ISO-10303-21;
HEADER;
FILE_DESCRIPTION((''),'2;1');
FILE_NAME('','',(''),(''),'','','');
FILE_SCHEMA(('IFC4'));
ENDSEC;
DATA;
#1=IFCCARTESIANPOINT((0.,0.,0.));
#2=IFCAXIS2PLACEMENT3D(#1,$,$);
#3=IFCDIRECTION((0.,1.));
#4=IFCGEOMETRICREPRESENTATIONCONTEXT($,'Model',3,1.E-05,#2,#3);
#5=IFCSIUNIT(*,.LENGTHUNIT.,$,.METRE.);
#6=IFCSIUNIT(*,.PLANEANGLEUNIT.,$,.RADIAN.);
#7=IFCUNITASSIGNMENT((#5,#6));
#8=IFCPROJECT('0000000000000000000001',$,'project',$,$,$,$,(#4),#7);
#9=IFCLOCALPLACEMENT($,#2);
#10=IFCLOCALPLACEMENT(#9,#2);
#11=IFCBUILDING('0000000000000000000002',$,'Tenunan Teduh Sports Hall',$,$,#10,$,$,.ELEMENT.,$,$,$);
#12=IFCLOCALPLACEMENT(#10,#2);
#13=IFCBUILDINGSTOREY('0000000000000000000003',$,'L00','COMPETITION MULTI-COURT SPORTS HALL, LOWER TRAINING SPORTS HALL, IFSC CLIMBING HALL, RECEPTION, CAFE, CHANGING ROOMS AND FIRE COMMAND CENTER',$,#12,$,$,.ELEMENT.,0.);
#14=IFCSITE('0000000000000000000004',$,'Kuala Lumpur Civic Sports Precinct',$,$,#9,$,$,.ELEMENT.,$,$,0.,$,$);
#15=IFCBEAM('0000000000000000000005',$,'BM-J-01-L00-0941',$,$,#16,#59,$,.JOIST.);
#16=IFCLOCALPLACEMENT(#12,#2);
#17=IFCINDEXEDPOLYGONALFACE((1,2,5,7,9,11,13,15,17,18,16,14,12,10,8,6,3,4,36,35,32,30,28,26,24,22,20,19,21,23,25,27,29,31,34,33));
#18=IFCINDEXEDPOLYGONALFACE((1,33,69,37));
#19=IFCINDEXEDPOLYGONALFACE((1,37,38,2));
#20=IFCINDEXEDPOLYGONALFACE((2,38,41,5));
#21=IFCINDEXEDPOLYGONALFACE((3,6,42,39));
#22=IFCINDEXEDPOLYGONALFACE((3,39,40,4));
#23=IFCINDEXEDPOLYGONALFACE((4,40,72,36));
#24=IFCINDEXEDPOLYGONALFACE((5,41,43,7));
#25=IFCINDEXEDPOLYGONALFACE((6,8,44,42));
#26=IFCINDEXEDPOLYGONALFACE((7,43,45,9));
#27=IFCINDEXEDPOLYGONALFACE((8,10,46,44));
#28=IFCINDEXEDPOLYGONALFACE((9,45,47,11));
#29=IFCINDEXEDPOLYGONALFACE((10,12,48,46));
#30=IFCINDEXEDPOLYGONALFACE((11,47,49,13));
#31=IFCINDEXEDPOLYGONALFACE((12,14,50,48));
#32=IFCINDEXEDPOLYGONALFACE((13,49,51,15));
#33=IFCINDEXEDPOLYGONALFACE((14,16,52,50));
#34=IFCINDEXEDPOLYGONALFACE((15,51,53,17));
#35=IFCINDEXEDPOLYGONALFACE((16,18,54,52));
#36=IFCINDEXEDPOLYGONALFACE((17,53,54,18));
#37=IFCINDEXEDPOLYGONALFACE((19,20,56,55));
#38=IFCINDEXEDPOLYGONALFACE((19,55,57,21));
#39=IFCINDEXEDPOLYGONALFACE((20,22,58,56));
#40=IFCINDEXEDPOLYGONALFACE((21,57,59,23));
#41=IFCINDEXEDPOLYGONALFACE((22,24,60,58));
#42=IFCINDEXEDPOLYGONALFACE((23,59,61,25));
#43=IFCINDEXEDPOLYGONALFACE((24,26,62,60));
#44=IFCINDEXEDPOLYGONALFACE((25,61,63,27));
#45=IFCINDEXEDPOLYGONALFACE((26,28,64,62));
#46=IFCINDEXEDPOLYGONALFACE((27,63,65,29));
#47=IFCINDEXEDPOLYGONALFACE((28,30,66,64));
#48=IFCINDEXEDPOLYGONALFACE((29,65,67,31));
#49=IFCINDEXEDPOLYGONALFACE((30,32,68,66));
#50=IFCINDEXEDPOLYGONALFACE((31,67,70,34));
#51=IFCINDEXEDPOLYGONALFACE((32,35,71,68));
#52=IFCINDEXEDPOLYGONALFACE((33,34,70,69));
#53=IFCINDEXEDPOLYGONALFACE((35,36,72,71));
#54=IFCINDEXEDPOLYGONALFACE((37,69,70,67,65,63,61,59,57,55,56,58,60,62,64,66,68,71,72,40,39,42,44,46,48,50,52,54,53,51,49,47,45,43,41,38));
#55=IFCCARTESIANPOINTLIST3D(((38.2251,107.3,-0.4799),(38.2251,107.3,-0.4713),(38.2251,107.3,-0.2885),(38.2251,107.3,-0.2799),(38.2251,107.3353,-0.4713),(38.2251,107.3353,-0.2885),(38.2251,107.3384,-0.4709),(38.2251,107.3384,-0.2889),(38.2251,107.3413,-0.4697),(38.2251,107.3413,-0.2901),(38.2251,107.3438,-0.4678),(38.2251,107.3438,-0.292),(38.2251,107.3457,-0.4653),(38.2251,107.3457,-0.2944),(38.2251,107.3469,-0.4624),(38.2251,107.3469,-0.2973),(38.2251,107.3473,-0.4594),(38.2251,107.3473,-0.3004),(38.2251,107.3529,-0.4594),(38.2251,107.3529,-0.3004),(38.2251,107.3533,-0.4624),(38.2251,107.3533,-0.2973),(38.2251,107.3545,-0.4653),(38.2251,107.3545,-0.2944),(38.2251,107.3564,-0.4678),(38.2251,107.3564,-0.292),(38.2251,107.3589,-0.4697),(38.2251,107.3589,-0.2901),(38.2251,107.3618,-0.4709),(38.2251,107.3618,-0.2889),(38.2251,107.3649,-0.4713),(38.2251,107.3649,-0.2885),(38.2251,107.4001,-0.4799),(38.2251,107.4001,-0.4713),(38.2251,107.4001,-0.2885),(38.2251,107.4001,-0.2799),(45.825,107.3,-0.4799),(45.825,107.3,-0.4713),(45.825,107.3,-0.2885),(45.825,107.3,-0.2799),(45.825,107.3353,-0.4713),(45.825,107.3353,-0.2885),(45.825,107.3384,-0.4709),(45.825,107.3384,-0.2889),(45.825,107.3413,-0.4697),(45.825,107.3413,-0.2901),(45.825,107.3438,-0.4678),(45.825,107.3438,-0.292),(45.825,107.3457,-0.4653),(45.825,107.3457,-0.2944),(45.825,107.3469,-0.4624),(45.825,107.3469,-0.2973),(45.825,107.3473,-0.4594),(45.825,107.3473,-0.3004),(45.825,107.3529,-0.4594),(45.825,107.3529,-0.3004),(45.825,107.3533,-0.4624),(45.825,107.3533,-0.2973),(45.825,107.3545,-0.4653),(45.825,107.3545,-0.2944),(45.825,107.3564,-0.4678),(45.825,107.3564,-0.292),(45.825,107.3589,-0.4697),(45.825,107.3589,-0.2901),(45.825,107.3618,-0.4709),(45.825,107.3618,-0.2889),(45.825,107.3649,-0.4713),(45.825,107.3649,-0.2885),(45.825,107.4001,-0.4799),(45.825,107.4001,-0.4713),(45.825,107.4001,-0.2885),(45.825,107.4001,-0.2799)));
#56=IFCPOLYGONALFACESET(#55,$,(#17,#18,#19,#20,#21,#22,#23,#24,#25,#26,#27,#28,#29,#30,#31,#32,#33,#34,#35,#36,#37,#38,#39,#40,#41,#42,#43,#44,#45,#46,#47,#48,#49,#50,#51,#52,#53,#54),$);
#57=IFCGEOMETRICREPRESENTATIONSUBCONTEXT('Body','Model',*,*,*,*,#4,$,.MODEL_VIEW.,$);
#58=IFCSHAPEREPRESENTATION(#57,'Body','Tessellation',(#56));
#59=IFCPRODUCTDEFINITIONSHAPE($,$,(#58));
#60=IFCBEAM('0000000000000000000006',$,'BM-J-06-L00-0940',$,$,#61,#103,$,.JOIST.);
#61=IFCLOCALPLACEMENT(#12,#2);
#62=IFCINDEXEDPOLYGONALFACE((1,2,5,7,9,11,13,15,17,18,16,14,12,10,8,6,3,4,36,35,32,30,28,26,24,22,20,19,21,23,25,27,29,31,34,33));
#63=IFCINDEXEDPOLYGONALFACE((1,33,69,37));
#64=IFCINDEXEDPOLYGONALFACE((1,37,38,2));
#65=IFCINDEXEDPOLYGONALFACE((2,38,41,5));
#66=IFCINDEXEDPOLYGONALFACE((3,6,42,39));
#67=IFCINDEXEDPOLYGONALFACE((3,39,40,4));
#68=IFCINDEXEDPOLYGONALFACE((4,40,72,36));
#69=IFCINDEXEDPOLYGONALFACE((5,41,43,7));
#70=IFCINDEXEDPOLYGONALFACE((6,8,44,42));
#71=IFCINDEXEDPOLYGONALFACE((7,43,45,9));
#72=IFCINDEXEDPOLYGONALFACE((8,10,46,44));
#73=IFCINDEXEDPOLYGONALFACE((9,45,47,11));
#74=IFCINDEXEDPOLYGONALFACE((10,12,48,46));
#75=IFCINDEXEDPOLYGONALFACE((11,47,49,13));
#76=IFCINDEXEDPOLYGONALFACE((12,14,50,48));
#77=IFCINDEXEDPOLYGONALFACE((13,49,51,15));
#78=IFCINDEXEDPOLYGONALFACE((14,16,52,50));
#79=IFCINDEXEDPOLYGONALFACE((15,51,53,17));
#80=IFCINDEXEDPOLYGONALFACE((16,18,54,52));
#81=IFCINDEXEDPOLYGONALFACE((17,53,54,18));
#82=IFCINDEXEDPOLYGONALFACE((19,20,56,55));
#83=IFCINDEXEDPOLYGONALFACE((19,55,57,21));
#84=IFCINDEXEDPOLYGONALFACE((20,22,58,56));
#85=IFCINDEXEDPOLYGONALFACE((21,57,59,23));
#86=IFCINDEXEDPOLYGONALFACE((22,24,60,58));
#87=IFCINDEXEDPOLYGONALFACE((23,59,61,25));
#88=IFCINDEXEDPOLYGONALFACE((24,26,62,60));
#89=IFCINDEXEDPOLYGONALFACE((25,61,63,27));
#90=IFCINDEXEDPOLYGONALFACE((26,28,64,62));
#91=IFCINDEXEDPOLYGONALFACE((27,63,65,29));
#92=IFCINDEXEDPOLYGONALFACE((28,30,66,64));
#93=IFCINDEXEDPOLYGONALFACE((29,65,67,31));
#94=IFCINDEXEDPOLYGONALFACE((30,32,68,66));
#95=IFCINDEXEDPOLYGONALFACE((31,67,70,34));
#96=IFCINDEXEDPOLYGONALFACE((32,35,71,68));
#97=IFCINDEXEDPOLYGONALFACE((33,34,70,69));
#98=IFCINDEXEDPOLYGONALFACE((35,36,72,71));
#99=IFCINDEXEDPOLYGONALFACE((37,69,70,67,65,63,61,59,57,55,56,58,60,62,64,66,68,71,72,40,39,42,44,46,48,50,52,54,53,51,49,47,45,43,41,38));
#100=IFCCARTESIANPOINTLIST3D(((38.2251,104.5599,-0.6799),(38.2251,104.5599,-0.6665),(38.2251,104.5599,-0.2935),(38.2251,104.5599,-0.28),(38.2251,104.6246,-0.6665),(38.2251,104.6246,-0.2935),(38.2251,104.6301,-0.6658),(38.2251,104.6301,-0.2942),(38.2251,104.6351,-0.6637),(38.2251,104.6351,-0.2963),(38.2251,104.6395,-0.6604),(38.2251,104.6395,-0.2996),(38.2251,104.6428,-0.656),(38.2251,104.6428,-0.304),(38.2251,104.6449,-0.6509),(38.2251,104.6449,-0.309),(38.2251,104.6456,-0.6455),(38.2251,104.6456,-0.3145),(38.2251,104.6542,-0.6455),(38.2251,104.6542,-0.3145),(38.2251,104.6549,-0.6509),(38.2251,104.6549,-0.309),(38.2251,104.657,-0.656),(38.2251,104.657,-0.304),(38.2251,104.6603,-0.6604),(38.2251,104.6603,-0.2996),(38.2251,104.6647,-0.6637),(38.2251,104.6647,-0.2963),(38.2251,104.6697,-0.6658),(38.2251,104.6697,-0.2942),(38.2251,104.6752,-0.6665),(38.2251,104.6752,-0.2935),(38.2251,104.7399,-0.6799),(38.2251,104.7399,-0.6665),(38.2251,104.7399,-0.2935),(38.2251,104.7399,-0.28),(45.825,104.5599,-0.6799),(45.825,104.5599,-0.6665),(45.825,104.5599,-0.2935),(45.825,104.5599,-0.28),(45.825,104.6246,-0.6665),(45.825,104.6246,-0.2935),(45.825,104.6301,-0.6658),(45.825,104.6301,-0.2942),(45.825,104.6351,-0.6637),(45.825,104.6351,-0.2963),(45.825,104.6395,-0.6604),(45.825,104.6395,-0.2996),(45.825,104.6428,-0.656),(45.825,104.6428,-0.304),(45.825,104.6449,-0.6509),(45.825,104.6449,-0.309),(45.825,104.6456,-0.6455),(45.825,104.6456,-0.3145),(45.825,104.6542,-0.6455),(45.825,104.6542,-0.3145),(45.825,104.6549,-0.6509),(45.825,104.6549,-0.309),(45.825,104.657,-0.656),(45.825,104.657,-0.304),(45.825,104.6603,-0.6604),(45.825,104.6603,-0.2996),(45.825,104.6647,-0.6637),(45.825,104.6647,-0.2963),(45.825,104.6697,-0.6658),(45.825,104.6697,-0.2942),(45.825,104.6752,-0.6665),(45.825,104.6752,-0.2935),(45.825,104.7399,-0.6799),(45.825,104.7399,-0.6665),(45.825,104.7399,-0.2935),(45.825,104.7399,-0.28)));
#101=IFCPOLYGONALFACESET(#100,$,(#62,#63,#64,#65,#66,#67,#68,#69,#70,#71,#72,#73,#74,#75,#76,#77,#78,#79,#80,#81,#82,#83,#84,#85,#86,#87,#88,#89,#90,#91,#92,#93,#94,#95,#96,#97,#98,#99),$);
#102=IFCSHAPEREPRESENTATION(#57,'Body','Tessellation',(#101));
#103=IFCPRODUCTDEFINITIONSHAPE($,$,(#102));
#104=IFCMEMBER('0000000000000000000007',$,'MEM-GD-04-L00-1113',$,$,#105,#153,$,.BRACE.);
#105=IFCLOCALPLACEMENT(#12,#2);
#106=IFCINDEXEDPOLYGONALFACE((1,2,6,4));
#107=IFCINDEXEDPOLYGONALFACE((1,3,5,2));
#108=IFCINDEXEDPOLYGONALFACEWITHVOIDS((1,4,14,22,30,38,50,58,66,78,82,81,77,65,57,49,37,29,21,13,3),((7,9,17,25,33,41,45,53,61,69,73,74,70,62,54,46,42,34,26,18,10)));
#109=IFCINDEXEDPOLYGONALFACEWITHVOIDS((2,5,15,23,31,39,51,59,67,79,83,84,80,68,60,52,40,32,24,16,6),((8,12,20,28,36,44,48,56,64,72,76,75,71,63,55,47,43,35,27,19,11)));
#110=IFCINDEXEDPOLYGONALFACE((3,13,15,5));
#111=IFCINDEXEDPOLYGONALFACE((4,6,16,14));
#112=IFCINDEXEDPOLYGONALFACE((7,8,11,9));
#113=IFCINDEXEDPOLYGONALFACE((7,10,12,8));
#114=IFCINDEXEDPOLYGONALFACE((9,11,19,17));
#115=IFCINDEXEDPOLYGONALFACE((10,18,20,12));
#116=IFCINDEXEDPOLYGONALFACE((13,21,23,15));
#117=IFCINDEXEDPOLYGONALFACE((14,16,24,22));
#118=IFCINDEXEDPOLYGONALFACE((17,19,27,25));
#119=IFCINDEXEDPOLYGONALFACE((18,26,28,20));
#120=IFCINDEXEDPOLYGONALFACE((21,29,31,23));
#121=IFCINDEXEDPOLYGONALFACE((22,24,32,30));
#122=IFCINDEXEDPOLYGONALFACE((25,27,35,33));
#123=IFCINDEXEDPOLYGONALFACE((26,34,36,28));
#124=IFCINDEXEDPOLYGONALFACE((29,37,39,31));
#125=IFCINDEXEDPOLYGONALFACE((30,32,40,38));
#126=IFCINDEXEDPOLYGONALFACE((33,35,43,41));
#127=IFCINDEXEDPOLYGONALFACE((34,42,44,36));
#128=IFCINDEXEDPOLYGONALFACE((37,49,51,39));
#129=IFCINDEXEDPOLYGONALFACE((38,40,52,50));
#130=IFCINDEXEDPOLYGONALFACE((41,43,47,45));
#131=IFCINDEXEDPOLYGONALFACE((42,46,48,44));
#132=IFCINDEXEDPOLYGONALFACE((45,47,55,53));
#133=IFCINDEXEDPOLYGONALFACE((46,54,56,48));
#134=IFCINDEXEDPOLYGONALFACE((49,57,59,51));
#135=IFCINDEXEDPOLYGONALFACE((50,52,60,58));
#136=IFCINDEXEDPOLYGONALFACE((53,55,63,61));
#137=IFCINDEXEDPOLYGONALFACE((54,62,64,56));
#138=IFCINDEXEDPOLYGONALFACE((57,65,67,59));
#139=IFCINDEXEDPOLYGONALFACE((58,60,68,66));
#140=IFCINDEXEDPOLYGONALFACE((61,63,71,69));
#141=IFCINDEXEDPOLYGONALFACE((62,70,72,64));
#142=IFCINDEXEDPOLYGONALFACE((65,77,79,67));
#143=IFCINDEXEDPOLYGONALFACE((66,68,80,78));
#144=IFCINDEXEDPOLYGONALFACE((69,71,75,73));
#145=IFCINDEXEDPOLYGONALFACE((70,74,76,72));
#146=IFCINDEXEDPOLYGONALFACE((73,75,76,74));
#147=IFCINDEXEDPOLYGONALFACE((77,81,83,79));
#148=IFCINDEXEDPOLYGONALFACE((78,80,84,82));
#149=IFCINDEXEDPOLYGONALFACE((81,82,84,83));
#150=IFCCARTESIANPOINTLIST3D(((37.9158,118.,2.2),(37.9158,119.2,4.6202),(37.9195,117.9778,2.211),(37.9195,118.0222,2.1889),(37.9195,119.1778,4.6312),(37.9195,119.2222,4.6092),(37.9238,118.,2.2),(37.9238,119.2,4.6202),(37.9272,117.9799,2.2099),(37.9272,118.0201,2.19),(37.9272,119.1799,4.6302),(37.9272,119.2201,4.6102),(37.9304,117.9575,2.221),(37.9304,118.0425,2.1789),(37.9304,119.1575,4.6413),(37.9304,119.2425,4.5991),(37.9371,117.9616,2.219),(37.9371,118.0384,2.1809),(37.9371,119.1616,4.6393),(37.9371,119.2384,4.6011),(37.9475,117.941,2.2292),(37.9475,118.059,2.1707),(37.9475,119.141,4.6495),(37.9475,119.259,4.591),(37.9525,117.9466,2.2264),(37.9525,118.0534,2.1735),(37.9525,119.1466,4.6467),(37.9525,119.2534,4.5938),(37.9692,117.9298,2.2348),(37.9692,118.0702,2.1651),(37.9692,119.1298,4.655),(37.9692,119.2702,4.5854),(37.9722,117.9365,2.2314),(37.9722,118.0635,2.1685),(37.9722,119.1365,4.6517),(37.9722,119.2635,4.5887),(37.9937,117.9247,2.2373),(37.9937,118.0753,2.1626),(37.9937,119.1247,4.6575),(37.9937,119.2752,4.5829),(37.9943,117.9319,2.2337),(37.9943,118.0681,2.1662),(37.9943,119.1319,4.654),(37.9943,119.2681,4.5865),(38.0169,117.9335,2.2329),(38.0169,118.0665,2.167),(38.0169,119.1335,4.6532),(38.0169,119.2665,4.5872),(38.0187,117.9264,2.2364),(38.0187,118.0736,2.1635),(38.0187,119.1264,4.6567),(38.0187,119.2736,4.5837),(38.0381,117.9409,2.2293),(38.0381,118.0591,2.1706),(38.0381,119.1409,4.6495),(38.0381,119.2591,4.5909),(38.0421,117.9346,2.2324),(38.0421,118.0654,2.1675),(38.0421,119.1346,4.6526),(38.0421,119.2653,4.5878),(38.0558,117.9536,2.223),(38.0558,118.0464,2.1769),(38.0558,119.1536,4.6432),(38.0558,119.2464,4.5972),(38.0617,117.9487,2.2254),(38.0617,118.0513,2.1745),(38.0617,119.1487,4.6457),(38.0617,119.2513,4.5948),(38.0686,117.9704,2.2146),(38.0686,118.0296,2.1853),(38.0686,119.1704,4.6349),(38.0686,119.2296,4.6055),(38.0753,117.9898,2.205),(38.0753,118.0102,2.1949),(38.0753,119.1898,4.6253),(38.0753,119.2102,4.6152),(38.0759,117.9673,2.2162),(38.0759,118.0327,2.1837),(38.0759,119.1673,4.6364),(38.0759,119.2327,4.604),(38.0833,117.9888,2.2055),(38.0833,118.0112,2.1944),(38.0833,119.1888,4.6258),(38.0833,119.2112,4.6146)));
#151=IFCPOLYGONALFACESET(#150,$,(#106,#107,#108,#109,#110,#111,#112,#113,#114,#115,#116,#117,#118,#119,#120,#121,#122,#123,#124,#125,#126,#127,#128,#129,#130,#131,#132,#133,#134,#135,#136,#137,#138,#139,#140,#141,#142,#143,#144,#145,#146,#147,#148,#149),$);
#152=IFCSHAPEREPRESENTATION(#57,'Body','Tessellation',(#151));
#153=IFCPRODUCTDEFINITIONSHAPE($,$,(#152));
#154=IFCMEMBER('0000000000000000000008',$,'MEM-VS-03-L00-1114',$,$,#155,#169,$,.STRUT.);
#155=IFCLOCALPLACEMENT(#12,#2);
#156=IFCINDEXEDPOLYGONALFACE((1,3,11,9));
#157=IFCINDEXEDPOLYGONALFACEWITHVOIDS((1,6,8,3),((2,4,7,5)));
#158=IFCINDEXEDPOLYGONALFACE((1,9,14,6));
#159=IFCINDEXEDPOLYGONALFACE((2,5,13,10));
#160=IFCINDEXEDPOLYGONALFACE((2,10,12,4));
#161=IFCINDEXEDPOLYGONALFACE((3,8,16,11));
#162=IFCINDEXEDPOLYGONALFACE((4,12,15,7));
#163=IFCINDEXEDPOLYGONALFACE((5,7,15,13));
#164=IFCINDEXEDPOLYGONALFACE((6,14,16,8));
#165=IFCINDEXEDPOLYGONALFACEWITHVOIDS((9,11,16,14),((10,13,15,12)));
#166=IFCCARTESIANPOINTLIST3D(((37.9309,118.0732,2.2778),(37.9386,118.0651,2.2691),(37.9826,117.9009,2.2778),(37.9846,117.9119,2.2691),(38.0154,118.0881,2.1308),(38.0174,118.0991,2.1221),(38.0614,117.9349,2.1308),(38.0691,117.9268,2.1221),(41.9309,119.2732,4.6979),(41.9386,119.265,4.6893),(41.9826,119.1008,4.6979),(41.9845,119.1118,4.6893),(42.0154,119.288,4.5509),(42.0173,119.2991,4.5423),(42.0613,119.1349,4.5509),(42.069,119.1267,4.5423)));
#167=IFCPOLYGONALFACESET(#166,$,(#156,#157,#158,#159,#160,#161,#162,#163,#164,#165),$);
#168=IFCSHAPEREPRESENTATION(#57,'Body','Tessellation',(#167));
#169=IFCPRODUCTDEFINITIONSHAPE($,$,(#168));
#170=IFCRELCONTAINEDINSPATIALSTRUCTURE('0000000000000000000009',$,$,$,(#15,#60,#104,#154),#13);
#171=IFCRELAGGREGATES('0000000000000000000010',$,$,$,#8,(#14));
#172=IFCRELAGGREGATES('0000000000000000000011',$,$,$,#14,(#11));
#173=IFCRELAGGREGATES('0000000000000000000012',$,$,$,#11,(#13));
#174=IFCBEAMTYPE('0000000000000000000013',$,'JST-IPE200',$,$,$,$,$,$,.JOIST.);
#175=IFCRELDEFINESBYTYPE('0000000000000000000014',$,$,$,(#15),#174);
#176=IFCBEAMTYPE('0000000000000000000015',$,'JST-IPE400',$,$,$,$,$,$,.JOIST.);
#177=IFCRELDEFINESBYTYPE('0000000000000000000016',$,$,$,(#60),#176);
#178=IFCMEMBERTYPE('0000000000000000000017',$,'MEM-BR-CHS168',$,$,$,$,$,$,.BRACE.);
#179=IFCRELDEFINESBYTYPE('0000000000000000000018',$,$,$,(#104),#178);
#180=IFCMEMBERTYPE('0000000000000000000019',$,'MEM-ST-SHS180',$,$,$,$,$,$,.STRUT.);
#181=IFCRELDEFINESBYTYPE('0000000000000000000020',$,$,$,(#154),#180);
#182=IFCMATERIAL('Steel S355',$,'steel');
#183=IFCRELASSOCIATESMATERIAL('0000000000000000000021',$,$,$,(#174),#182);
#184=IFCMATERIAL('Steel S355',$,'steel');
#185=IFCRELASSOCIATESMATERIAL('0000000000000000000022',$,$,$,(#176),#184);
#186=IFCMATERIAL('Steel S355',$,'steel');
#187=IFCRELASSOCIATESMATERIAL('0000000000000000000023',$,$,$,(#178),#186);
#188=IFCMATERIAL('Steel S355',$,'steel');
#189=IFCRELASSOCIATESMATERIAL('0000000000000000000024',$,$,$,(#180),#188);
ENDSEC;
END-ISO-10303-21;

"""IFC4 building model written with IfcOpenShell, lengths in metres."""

from ifc_helpers import new_model, si_unit, direction, frame, origin, origin_2d, place, context, subcontext, project, spatial, hollow_rectangle, hollow_circle, i_section, extrude, material, material_profile, profile_set, type_object, element, save


model = new_model("IFC4")

# Units and contexts
model_context = context("Model", 3, precision=1e-05, world=origin(), true_north=direction((0.0, 1.0)))
body_context = subcontext(model_context, "Body", "Model", "MODEL_VIEW")
ifc_project = project(units=[si_unit("LENGTHUNIT", "METRE"), si_unit("PLANEANGLEUNIT", "RADIAN")], contexts=[model_context])

# Site, building, storey
site_placement = place(None, origin())
site = spatial("IfcSite", under=ifc_project, at=site_placement, Name="Kuala Lumpur Civic Sports Precinct", CompositionType="ELEMENT", RefElevation=0.0)
building_placement = place(site_placement, origin())
building = spatial("IfcBuilding", under=site, at=building_placement, Name="Tenunan Teduh Sports Hall", CompositionType="ELEMENT")
storey_placement = place(building_placement, origin())
storey = spatial("IfcBuildingStorey", under=building, at=storey_placement, Name="L00", Description="COMPETITION MULTI-COURT SPORTS HALL, LOWER TRAINING SPORTS HALL, IFSC CLIMBING HALL, RECEPTION, CAFE, CHANGING ROOMS AND FIRE COMMAND CENTER", CompositionType="ELEMENT", Elevation=0.0)

# Beams
ifc_material_1 = material(Name="Steel S355", Category="steel")
ifc_material_profile_1 = material_profile(ifc_material_1, i_section(OverallWidth=0.1001, OverallDepth=0.2, WebThickness=0.0056, FlangeThickness=0.0085, FilletRadius=0.012, at=origin_2d()), Name="IPE 200")
ifc_profile_set_1 = profile_set([ifc_material_profile_1], Name="Steel S355")
beam_type_1 = type_object("IfcBeamType", Name="JST-IPE200", PredefinedType="JOIST", material=ifc_profile_set_1)
beam_1_placement = place(storey_placement, frame((38.2251, 107.3501, -0.3799), z_axis=(1.0, 0.0, 0.0), x_axis=(0.0, 1.0, 0.0)))
element("IfcBeam", 1, at=beam_1_placement, inside=storey, type_object=beam_type_1, Name="BM-J-01-L00-0941", PredefinedType="JOIST", context=body_context, shape_type="SweptSolid", body=[
    extrude(i_section(OverallWidth=0.1001, OverallDepth=0.2, WebThickness=0.0056, FlangeThickness=0.0085, FilletRadius=0.012, at=origin_2d()), origin(), (0.0, 0.0, 1.0), 7.5999),
])
ifc_material_2 = material(Name="Steel S355", Category="steel")
ifc_material_profile_2 = material_profile(ifc_material_2, i_section(OverallWidth=0.1799, OverallDepth=0.3999, WebThickness=0.0085, FlangeThickness=0.0134, FilletRadius=0.021, at=origin_2d()), Name="IPE 400")
ifc_profile_set_2 = profile_set([ifc_material_profile_2], Name="Steel S355")
beam_type_2 = type_object("IfcBeamType", Name="JST-IPE400", PredefinedType="JOIST", material=ifc_profile_set_2)
beam_2_placement = place(storey_placement, frame((38.2251, 104.6499, -0.48), z_axis=(1.0, 0.0, 0.0), x_axis=(0.0, 1.0, 0.0)))
element("IfcBeam", 2, at=beam_2_placement, inside=storey, type_object=beam_type_2, Name="BM-J-06-L00-0940", PredefinedType="JOIST", context=body_context, shape_type="SweptSolid", body=[
    extrude(i_section(OverallWidth=0.1799, OverallDepth=0.3999, WebThickness=0.0085, FlangeThickness=0.0134, FilletRadius=0.021, at=origin_2d()), origin(), (0.0, 0.0, 1.0), 7.5999),
])

# Members
ifc_material_3 = material(Name="Steel S355", Category="steel")
ifc_material_profile_3 = material_profile(ifc_material_3, hollow_circle(Radius=0.0842, WallThickness=0.0081, at=origin_2d()), Name="CHS 168.3x8.0")
ifc_profile_set_3 = profile_set([ifc_material_profile_3], Name="Steel S355")
member_type_1 = type_object("IfcMemberType", Name="MEM-BR-CHS168", PredefinedType="BRACE", material=ifc_profile_set_3)
member_1_placement = place(storey_placement, frame((38.0, 118.0, 2.2), z_axis=(0.0, 0.444211, 0.895922), x_axis=(-1.0, 0.0, 0.0)))
element("IfcMember", 3, at=member_1_placement, inside=storey, type_object=member_type_1, Name="MEM-GD-04-L00-1113", PredefinedType="BRACE", context=body_context, shape_type="SweptSolid", body=[
    extrude(hollow_circle(Radius=0.0842, WallThickness=0.0081, at=origin_2d()), origin(), (0.0, 0.0, 1.0), 2.7014),
])
ifc_material_4 = material(Name="Steel S355", Category="steel")
ifc_material_profile_4 = material_profile(ifc_material_4, hollow_rectangle(XDim=0.1799, YDim=0.1799, WallThickness=0.01, at=origin_2d()), Name="SHS 180x180x10.0")
ifc_profile_set_4 = profile_set([ifc_material_profile_4], Name="Steel S355")
member_type_2 = type_object("IfcMemberType", Name="MEM-ST-SHS180", PredefinedType="STRUT", material=ifc_profile_set_4)
member_2_placement = place(storey_placement, frame((38.0, 118.0, 2.2), z_axis=(0.828723, 0.248607, 0.501412), x_axis=(-0.287337, 0.95783, 0.0)))
element("IfcMember", 4, at=member_2_placement, inside=storey, type_object=member_type_2, Name="MEM-VS-03-L00-1114", PredefinedType="STRUT", context=body_context, shape_type="SweptSolid", body=[
    extrude(hollow_rectangle(XDim=0.1799, YDim=0.1799, WallThickness=0.01, at=origin_2d()), origin(), (0.0, 0.0, 1.0), 4.8267),
])

save(model, "model.ifc")
